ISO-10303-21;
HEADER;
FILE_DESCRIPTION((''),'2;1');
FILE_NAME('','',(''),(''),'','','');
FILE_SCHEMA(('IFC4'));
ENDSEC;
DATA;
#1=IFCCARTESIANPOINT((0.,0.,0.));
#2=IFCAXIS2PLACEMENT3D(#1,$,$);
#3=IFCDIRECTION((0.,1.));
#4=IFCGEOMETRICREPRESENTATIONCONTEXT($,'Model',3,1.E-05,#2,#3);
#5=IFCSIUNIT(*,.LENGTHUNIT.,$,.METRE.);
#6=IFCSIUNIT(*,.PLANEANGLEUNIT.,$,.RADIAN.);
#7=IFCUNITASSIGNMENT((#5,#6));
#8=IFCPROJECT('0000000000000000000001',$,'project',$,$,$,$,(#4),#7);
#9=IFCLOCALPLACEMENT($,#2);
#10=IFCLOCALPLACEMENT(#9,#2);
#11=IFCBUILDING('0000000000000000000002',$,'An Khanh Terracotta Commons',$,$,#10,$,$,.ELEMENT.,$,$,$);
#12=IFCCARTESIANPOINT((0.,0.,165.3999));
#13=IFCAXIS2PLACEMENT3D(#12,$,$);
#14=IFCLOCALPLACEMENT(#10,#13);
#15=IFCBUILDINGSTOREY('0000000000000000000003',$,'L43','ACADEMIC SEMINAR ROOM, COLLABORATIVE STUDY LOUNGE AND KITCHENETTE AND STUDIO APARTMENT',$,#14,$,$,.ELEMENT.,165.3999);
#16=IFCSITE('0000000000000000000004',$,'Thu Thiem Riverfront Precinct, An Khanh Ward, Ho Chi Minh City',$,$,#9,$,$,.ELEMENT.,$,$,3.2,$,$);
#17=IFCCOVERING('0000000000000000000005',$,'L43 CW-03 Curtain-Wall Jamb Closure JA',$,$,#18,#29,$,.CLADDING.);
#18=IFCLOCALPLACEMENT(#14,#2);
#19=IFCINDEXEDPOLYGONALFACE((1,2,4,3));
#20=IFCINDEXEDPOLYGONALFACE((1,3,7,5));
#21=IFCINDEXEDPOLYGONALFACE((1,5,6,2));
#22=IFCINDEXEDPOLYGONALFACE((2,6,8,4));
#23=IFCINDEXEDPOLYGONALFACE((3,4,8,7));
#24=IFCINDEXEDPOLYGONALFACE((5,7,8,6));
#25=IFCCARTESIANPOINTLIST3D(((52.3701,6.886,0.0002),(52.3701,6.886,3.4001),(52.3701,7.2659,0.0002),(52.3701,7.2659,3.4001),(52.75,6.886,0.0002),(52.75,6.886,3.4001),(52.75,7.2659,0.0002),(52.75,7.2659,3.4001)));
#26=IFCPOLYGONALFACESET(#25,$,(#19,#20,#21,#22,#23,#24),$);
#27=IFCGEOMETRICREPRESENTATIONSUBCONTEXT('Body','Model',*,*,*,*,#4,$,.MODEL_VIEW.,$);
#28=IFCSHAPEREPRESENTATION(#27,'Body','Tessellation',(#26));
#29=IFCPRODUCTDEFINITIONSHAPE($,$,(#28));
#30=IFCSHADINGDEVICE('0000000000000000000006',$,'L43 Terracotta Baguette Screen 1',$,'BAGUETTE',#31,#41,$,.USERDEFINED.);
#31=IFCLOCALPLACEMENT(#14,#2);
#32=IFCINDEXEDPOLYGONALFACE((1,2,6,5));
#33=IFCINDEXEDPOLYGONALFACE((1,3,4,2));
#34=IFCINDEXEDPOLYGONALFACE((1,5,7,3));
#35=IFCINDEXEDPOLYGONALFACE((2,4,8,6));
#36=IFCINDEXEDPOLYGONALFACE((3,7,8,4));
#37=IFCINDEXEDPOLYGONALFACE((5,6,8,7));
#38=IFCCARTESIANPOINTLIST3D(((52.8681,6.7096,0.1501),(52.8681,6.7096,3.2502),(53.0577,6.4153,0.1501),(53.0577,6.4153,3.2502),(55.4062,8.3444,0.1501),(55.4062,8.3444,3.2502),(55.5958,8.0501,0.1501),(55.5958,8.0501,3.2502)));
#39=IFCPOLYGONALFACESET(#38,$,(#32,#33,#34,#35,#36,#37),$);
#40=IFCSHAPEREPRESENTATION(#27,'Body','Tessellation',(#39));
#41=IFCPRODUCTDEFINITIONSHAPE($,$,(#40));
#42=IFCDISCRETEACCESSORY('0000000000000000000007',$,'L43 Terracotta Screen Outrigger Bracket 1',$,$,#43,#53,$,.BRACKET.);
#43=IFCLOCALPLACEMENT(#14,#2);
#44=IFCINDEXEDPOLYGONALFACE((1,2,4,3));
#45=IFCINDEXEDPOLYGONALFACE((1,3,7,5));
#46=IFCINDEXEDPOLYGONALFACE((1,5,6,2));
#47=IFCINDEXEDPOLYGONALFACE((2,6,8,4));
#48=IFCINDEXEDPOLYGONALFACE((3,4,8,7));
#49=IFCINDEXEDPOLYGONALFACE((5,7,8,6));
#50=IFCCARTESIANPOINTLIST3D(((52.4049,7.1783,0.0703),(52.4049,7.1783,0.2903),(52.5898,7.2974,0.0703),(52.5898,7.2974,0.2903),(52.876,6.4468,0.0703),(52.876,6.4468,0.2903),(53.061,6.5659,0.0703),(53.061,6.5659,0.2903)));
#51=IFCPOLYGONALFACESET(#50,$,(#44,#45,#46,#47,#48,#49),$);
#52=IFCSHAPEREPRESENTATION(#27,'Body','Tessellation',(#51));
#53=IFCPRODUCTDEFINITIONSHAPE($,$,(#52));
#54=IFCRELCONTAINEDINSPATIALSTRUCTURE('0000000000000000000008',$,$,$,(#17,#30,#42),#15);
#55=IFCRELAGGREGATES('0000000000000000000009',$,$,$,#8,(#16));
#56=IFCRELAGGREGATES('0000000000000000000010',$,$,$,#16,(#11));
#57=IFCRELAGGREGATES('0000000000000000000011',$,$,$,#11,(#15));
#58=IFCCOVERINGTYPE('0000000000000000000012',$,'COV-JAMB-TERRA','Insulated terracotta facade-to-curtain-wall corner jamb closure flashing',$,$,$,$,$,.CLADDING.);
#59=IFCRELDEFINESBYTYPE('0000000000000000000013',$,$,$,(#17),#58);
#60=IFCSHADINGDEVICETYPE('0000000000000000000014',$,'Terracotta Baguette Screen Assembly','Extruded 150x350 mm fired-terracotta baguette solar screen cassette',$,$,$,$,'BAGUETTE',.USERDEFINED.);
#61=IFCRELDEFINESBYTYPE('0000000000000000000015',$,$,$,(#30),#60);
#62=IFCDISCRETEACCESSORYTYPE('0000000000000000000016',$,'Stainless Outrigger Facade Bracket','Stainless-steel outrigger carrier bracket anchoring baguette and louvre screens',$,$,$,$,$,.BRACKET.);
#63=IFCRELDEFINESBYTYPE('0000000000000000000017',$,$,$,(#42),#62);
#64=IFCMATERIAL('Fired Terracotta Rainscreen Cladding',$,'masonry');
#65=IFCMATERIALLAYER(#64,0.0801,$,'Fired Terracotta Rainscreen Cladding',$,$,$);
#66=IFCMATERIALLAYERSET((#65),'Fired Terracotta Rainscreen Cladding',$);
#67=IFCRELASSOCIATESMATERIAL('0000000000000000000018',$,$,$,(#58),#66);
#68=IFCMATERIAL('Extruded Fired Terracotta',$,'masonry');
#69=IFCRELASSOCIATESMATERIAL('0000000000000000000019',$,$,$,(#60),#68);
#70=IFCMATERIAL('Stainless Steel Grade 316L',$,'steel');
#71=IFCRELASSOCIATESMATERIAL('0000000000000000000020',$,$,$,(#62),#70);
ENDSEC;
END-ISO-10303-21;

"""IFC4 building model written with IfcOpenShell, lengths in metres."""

from ifc_helpers import new_model, si_unit, direction, frame, origin, origin_2d, place, context, subcontext, project, spatial, rectangle, extrude, material, layer, layer_set, type_object, element, save


model = new_model("IFC4")

# Units and contexts
model_context = context("Model", 3, precision=1e-05, world=origin(), true_north=direction((0.0, 1.0)))
body_context = subcontext(model_context, "Body", "Model", "MODEL_VIEW")
ifc_project = project(units=[si_unit("LENGTHUNIT", "METRE"), si_unit("PLANEANGLEUNIT", "RADIAN")], contexts=[model_context])

# Site, building, storey
site_placement = place(None, origin())
site = spatial("IfcSite", under=ifc_project, at=site_placement, Name="Thu Thiem Riverfront Precinct, An Khanh Ward, Ho Chi Minh City", CompositionType="ELEMENT", RefElevation=3.2)
building_placement = place(site_placement, origin())
building = spatial("IfcBuilding", under=site, at=building_placement, Name="An Khanh Terracotta Commons", CompositionType="ELEMENT")
storey_placement = place(building_placement, frame((0.0, 0.0, 165.3999)))
storey = spatial("IfcBuildingStorey", under=building, at=storey_placement, Name="L43", Description="ACADEMIC SEMINAR ROOM, COLLABORATIVE STUDY LOUNGE AND KITCHENETTE AND STUDIO APARTMENT", CompositionType="ELEMENT", Elevation=165.3999)

# Covering
ifc_material_1 = material(Name="Fired Terracotta Rainscreen Cladding", Category="masonry")
ifc_layer_1 = layer(ifc_material_1, 0.0801, Name="Fired Terracotta Rainscreen Cladding")
ifc_layer_set_1 = layer_set([ifc_layer_1], Name="Fired Terracotta Rainscreen Cladding")
covering_type = type_object("IfcCoveringType", Name="COV-JAMB-TERRA", Description="Insulated terracotta facade-to-curtain-wall corner jamb closure flashing", PredefinedType="CLADDING", material=ifc_layer_set_1)
covering_placement = place(storey_placement, frame((52.5601, 7.0759, 0.0002), z_axis=(0.0, 0.0, 1.0), x_axis=(1.0, 0.0, 0.0)))
element("IfcCovering", 1, at=covering_placement, inside=storey, type_object=covering_type, Name="L43 CW-03 Curtain-Wall Jamb Closure JA", PredefinedType="CLADDING", context=body_context, shape_type="SweptSolid", body=[
    extrude(rectangle(XDim=0.3799, YDim=0.3799, at=origin_2d()), origin(), (0.0, 0.0, 1.0), 3.3999),
])

# Shading device
ifc_material_2 = material(Name="Extruded Fired Terracotta", Category="masonry")
shading_device_type = type_object("IfcShadingDeviceType", Name="Terracotta Baguette Screen Assembly", Description="Extruded 150x350 mm fired-terracotta baguette solar screen cassette", ElementType="BAGUETTE", PredefinedType="USERDEFINED", material=ifc_material_2)
shading_device_placement = place(storey_placement, frame((54.2319, 7.3799, 0.1501), z_axis=(0.0, 0.0, 1.0), x_axis=(0.840702, 0.541498, 0.0)))
element("IfcShadingDevice", 2, at=shading_device_placement, inside=storey, type_object=shading_device_type, Name="L43 Terracotta Baguette Screen 1", ObjectType="BAGUETTE", PredefinedType="USERDEFINED", context=body_context, shape_type="SweptSolid", body=[
    extrude(rectangle(XDim=3.019, YDim=0.3501, at=origin_2d()), origin(), (0.0, 0.0, 1.0), 3.1001),
])

# Discrete accessory
ifc_material_3 = material(Name="Stainless Steel Grade 316L", Category="steel")
discrete_accessory_type = type_object("IfcDiscreteAccessoryType", Name="Stainless Outrigger Facade Bracket", Description="Stainless-steel outrigger carrier bracket anchoring baguette and louvre screens", PredefinedType="BRACKET", material=ifc_material_3)
discrete_accessory_placement = place(storey_placement, frame((52.7329, 6.8721, 0.0703), z_axis=(0.0, 0.0, 1.0), x_axis=(0.840702, 0.541498, 0.0)))
element("IfcDiscreteAccessory", 3, at=discrete_accessory_placement, inside=storey, type_object=discrete_accessory_type, Name="L43 Terracotta Screen Outrigger Bracket 1", PredefinedType="BRACKET", context=body_context, shape_type="SweptSolid", body=[
    extrude(rectangle(XDim=0.22, YDim=0.8701, at=origin_2d()), origin(), (0.0, 0.0, 1.0), 0.22),
])

save(model, "model.ifc")
